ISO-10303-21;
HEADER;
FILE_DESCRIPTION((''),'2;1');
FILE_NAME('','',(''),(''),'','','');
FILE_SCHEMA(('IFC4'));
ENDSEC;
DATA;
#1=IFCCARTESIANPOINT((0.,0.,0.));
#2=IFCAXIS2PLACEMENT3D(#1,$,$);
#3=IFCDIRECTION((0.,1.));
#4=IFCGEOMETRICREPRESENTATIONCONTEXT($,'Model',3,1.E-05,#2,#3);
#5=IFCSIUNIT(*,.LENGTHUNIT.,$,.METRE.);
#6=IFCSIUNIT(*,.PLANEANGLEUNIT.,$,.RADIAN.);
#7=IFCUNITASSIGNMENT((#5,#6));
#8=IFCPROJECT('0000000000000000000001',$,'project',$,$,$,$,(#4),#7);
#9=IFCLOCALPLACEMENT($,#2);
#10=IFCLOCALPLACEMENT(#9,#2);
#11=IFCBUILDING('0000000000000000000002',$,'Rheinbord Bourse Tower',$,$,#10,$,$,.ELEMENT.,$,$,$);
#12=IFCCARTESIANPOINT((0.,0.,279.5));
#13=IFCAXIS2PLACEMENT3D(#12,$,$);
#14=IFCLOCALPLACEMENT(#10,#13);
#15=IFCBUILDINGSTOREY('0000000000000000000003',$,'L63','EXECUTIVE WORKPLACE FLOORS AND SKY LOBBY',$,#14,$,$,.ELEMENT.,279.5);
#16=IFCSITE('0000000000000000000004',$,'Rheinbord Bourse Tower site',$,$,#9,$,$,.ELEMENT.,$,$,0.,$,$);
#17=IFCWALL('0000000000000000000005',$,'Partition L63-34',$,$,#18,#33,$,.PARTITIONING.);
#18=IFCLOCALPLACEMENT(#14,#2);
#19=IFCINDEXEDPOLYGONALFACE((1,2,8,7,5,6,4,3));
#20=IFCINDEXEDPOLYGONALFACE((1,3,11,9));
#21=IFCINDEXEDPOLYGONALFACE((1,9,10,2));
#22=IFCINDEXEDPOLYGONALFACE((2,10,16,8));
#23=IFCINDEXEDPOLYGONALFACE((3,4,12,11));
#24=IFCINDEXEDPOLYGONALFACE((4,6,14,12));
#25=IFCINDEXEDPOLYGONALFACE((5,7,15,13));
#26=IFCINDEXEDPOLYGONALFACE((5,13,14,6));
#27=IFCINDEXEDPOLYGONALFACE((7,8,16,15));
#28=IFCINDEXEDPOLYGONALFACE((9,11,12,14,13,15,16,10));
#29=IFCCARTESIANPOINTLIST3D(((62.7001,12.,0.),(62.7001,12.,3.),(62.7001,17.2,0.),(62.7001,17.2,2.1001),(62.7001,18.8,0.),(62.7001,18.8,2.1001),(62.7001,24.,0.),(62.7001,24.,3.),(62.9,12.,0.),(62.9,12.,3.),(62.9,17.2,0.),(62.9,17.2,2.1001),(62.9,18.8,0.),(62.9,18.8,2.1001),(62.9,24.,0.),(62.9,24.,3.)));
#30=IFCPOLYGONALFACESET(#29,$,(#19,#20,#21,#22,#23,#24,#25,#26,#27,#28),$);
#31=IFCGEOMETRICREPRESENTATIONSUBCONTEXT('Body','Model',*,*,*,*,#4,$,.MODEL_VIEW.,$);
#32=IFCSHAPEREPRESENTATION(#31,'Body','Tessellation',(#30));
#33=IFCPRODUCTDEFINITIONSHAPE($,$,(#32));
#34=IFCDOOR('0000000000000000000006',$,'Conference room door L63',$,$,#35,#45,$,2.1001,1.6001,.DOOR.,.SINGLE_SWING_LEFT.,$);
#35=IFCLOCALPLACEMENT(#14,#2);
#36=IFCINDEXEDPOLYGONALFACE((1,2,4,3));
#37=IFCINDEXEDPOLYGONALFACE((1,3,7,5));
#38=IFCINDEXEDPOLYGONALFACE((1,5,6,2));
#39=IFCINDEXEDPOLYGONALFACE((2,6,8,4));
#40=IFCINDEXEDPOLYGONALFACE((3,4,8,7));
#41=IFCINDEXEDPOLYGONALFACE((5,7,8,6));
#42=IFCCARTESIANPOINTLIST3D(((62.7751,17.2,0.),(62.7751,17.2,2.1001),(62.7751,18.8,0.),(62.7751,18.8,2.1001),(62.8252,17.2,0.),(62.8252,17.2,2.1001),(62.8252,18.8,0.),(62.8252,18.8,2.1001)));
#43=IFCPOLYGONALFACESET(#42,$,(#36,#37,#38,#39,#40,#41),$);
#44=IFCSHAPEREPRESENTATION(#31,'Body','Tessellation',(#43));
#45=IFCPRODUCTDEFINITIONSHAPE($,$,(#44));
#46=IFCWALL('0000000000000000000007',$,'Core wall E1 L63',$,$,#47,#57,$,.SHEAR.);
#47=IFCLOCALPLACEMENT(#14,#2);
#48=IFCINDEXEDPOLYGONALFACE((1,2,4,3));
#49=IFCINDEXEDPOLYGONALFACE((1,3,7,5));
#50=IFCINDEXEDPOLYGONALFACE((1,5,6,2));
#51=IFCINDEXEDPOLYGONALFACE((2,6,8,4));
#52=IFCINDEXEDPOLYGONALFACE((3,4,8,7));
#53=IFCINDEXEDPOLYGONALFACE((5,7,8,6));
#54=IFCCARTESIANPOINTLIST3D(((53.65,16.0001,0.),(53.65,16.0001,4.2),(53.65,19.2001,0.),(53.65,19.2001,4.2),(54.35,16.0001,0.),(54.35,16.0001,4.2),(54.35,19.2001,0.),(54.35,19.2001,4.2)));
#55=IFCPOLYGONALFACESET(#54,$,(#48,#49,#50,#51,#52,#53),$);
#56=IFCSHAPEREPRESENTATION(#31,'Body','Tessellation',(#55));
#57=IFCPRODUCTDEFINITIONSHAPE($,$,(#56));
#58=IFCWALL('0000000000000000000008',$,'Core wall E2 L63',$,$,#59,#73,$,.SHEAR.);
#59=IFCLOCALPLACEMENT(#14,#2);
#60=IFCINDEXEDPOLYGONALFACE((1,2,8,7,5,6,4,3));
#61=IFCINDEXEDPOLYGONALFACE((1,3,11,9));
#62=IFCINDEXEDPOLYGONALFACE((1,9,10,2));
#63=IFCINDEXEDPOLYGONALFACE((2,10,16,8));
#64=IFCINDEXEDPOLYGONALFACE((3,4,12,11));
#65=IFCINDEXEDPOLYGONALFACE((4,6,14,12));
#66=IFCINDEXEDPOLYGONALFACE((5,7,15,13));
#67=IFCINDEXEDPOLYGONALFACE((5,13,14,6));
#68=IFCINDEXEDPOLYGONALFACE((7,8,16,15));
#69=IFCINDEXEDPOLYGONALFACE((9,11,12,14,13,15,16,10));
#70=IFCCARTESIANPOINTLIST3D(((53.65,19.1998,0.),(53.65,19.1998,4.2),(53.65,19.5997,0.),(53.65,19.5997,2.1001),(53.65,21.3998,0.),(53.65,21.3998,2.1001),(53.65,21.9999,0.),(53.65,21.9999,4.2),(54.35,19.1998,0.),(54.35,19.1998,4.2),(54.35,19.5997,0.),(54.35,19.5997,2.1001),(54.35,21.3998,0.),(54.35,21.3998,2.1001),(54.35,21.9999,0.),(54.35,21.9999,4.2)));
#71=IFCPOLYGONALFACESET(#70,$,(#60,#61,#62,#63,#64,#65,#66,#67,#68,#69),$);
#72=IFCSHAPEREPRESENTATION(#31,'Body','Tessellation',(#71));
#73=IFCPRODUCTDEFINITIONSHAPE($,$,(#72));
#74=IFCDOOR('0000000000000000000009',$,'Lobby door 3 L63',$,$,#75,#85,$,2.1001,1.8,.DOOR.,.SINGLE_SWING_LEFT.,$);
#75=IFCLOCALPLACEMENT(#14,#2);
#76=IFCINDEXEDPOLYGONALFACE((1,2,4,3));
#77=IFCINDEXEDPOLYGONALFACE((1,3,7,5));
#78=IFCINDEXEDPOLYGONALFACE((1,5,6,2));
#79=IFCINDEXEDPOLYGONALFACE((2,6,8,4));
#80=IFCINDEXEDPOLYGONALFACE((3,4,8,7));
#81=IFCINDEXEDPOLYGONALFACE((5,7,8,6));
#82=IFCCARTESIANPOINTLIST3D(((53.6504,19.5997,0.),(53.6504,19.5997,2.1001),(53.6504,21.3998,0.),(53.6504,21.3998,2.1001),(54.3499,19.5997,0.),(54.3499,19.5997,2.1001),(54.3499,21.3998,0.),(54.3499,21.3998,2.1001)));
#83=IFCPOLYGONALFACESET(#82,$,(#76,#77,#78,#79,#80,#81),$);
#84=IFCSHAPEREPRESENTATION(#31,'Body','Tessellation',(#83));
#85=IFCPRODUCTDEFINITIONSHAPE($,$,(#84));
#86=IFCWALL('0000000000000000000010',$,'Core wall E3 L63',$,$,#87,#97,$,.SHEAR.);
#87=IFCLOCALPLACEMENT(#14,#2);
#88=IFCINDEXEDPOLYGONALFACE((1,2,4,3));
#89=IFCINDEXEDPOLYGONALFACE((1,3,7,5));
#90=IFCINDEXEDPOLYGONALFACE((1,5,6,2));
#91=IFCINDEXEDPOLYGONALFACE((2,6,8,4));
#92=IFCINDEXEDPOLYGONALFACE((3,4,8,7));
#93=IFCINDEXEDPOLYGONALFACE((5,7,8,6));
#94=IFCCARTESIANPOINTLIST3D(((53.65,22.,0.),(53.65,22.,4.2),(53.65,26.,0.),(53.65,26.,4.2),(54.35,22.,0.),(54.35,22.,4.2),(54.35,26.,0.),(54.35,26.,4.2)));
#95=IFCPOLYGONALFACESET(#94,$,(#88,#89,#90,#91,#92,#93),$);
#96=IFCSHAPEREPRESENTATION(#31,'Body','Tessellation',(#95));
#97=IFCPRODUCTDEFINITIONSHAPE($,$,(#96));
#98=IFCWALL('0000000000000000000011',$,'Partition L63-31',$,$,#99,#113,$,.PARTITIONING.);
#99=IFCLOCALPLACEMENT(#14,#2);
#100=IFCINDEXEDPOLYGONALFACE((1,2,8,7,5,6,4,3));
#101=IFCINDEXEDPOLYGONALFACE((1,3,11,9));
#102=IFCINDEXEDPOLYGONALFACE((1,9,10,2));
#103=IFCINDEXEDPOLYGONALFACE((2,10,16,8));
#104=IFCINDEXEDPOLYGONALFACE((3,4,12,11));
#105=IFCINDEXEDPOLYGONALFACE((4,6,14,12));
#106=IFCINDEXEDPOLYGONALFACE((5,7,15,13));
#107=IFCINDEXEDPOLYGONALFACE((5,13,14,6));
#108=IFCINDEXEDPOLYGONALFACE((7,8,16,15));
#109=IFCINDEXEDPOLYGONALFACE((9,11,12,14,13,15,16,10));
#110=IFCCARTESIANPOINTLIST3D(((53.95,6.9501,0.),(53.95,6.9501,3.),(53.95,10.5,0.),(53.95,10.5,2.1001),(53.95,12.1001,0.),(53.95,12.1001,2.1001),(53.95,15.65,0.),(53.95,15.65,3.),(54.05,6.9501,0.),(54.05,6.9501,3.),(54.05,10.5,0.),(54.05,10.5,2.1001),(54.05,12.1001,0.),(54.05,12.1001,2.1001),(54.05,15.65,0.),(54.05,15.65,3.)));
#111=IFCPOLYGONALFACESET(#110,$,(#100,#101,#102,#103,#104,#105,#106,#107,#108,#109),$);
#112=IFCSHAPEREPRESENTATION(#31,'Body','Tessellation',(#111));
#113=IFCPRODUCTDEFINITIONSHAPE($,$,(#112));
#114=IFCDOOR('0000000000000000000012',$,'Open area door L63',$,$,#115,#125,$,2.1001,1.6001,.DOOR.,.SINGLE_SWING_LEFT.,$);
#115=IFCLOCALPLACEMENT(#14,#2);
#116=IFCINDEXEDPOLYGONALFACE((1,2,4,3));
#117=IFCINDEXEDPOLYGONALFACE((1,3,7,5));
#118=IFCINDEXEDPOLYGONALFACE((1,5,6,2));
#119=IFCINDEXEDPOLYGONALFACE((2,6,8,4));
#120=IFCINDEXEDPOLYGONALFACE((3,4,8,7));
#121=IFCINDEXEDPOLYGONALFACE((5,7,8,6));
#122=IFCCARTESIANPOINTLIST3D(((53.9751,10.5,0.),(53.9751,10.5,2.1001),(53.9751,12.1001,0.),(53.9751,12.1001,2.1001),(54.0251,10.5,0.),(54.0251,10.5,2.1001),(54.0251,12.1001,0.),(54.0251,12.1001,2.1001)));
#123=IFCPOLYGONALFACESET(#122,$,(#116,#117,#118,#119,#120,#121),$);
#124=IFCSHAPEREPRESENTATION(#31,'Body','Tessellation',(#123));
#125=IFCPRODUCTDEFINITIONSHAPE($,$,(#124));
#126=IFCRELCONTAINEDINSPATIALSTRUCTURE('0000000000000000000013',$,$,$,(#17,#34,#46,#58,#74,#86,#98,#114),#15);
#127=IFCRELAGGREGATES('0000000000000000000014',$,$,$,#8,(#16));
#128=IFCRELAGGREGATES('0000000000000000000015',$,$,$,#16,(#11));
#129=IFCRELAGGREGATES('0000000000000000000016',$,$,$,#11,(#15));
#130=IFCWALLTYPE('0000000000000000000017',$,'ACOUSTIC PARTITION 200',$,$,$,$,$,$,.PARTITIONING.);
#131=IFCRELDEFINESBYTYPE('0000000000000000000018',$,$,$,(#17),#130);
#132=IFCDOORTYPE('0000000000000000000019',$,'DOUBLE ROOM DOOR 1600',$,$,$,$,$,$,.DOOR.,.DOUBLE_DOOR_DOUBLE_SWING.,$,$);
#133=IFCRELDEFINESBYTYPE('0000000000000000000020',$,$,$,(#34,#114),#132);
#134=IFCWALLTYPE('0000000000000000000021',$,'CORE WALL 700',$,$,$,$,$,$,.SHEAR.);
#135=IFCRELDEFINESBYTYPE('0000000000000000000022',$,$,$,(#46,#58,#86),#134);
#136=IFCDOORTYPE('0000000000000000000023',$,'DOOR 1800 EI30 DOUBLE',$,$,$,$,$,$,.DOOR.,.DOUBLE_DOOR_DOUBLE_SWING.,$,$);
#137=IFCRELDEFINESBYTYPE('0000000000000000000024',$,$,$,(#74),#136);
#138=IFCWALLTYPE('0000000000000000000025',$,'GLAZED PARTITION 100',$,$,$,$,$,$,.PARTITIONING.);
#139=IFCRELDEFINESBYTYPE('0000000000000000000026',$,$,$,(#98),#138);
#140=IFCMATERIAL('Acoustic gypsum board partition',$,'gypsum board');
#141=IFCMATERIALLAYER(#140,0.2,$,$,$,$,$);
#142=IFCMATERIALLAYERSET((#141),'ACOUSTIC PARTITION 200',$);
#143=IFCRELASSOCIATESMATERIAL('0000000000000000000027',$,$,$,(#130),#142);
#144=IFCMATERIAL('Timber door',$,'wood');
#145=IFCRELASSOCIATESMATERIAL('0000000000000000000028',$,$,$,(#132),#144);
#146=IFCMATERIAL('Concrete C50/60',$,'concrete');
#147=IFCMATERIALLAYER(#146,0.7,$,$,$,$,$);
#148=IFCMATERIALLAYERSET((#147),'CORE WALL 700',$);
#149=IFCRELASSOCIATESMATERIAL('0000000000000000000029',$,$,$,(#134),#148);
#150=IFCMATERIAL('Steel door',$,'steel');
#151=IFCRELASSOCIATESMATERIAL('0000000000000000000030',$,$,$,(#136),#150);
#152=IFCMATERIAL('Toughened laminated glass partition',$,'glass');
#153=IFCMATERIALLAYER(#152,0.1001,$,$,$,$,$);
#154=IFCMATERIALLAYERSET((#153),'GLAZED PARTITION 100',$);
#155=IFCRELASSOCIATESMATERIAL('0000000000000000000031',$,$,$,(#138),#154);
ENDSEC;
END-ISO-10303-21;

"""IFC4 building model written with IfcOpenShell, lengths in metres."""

from ifc_helpers import new_model, si_unit, direction, frame, frame_2d, origin, place, context, subcontext, project, spatial, rectangle, extrude, material, layer, layer_set, type_object, element, fill, save


model = new_model("IFC4")

# Units and contexts
model_context = context("Model", 3, precision=1e-05, world=origin(), true_north=direction((0.0, 1.0)))
body_context = subcontext(model_context, "Body", "Model", "MODEL_VIEW")
ifc_project = project(units=[si_unit("LENGTHUNIT", "METRE"), si_unit("PLANEANGLEUNIT", "RADIAN")], contexts=[model_context])

# Site, building, storey
site_placement = place(None, origin())
site = spatial("IfcSite", under=ifc_project, at=site_placement, Name="Rheinbord Bourse Tower site", CompositionType="ELEMENT", RefElevation=0.0)
building_placement = place(site_placement, origin())
building = spatial("IfcBuilding", under=site, at=building_placement, Name="Rheinbord Bourse Tower", CompositionType="ELEMENT")
storey_placement = place(building_placement, frame((0.0, 0.0, 279.5)))
storey = spatial("IfcBuildingStorey", under=building, at=storey_placement, Name="L63", Description="EXECUTIVE WORKPLACE FLOORS AND SKY LOBBY", CompositionType="ELEMENT", Elevation=279.5)

# Shared definitions
ifc_material_1 = material(Name="Acoustic gypsum board partition", Category="gypsum board")
ifc_layer_1 = layer(ifc_material_1, 0.2)
ifc_layer_set_1 = layer_set([ifc_layer_1], Name="ACOUSTIC PARTITION 200")
wall_type_1 = type_object("IfcWallType", Name="ACOUSTIC PARTITION 200", PredefinedType="PARTITIONING", material=ifc_layer_set_1)

# Wall, opening, door
wall_1_placement = place(storey_placement, frame((62.8, 12.0, 0.0), z_axis=(0.0, 0.0, 1.0), x_axis=(0.0, 1.0, 0.0)))
wall_1 = element("IfcWall", 1, at=wall_1_placement, inside=storey, type_object=wall_type_1, Name="Partition L63-34", PredefinedType="PARTITIONING", context=body_context, shape_type="SweptSolid", body=[
    extrude(rectangle(XDim=12.0, YDim=0.2, at=frame_2d((6.0, 0.0))), origin(), (0.0, 0.0, 1.0), 3.0),
])
opening_1_placement = place(wall_1_placement, frame((5.2, 0.0, 0.0)))
opening_1 = element("IfcOpeningElement", 2, at=opening_1_placement, cuts=wall_1, PredefinedType="OPENING", context=body_context, shape_type="SweptSolid", body=[
    extrude(rectangle(XDim=1.6001, YDim=2.1001, at=frame_2d((0.8, 1.05))), frame((0.0, 0.1099, 0.0), z_axis=(0.0, -1.0, 0.0), x_axis=(1.0, 0.0, 0.0)), (0.0, 0.0, 1.0), 0.22),
])
ifc_material_2 = material(Name="Timber door", Category="wood")
door_type_1 = type_object("IfcDoorType", Name="DOUBLE ROOM DOOR 1600", OperationType="DOUBLE_DOOR_DOUBLE_SWING", PredefinedType="DOOR", material=ifc_material_2)
door_1_placement = place(opening_1_placement, origin())
door_1 = element("IfcDoor", 3, at=door_1_placement, inside=storey, type_object=door_type_1, Name="Conference room door L63", OperationType="SINGLE_SWING_LEFT", OverallHeight=2.1001, OverallWidth=1.6001, PredefinedType="DOOR", context=body_context, shape_type="SweptSolid", body=[
    extrude(rectangle(XDim=1.6001, YDim=2.1001, at=frame_2d((0.8, 1.05))), frame((0.0, 0.0249, 0.0), z_axis=(0.0, -1.0, 0.0), x_axis=(1.0, 0.0, 0.0)), (0.0, 0.0, 1.0), 0.05),
])
fill(opening_1, door_1)

# Wall
ifc_material_3 = material(Name="Concrete C50/60", Category="concrete")
ifc_layer_2 = layer(ifc_material_3, 0.7)
ifc_layer_set_2 = layer_set([ifc_layer_2], Name="CORE WALL 700")
wall_type_2 = type_object("IfcWallType", Name="CORE WALL 700", PredefinedType="SHEAR", material=ifc_layer_set_2)
wall_2_placement = place(storey_placement, frame((54.0, 16.0, 0.0), z_axis=(0.0, 0.0, 1.0), x_axis=(0.0, 1.0, 0.0)))
element("IfcWall", 4, at=wall_2_placement, inside=storey, type_object=wall_type_2, Name="Core wall E1 L63", PredefinedType="SHEAR", context=body_context, shape_type="SweptSolid", body=[
    extrude(rectangle(XDim=3.2, YDim=0.7, at=frame_2d((1.6001, 0.0))), origin(), (0.0, 0.0, 1.0), 4.2),
])

# Wall, opening, door
wall_3_placement = place(storey_placement, frame((54.0, 19.2, 0.0), z_axis=(0.0, 0.0, 1.0), x_axis=(0.0, 1.0, 0.0)))
wall_3 = element("IfcWall", 5, at=wall_3_placement, inside=storey, type_object=wall_type_2, Name="Core wall E2 L63", PredefinedType="SHEAR", context=body_context, shape_type="SweptSolid", body=[
    extrude(rectangle(XDim=2.8, YDim=0.7, at=frame_2d((1.3999, 0.0))), origin(), (0.0, 0.0, 1.0), 4.2),
])
opening_2_placement = place(wall_3_placement, frame((0.3999, 0.0, 0.0)))
opening_2 = element("IfcOpeningElement", 6, at=opening_2_placement, cuts=wall_3, PredefinedType="OPENING", context=body_context, shape_type="SweptSolid", body=[
    extrude(rectangle(XDim=1.8, YDim=2.1001, at=frame_2d((0.8999, 1.05))), frame((0.0, 0.3599, 0.0), z_axis=(0.0, -1.0, 0.0), x_axis=(1.0, 0.0, 0.0)), (0.0, 0.0, 1.0), 0.72),
])
ifc_material_4 = material(Name="Steel door", Category="steel")
door_type_2 = type_object("IfcDoorType", Name="DOOR 1800 EI30 DOUBLE", OperationType="DOUBLE_DOOR_DOUBLE_SWING", PredefinedType="DOOR", material=ifc_material_4)
door_2_placement = place(opening_2_placement, origin())
door_2 = element("IfcDoor", 7, at=door_2_placement, inside=storey, type_object=door_type_2, Name="Lobby door 3 L63", OperationType="SINGLE_SWING_LEFT", OverallHeight=2.1001, OverallWidth=1.8, PredefinedType="DOOR", context=body_context, shape_type="SweptSolid", body=[
    extrude(rectangle(XDim=1.8, YDim=2.1001, at=frame_2d((0.8999, 1.05))), frame((0.0, 0.3496, 0.0), z_axis=(0.0, -1.0, 0.0), x_axis=(1.0, 0.0, 0.0)), (0.0, 0.0, 1.0), 0.6995),
])
fill(opening_2, door_2)

# Wall
wall_4_placement = place(storey_placement, frame((54.0, 22.0, 0.0), z_axis=(0.0, 0.0, 1.0), x_axis=(0.0, 1.0, 0.0)))
element("IfcWall", 8, at=wall_4_placement, inside=storey, type_object=wall_type_2, Name="Core wall E3 L63", PredefinedType="SHEAR", context=body_context, shape_type="SweptSolid", body=[
    extrude(rectangle(XDim=4.0, YDim=0.7, at=frame_2d((2.0, 0.0))), origin(), (0.0, 0.0, 1.0), 4.2),
])

# Wall, opening, door
ifc_material_5 = material(Name="Toughened laminated glass partition", Category="glass")
ifc_layer_3 = layer(ifc_material_5, 0.1001)
ifc_layer_set_3 = layer_set([ifc_layer_3], Name="GLAZED PARTITION 100")
wall_type_3 = type_object("IfcWallType", Name="GLAZED PARTITION 100", PredefinedType="PARTITIONING", material=ifc_layer_set_3)
wall_5_placement = place(storey_placement, frame((54.0, 6.95, 0.0), z_axis=(0.0, 0.0, 1.0), x_axis=(0.0, 1.0, 0.0)))
wall_5 = element("IfcWall", 9, at=wall_5_placement, inside=storey, type_object=wall_type_3, Name="Partition L63-31", PredefinedType="PARTITIONING", context=body_context, shape_type="SweptSolid", body=[
    extrude(rectangle(XDim=8.7, YDim=0.1001, at=frame_2d((4.3501, 0.0))), origin(), (0.0, 0.0, 1.0), 3.0),
])
opening_3_placement = place(wall_5_placement, frame((3.55, 0.0, 0.0)))
opening_3 = element("IfcOpeningElement", 10, at=opening_3_placement, cuts=wall_5, PredefinedType="OPENING", context=body_context, shape_type="SweptSolid", body=[
    extrude(rectangle(XDim=1.6001, YDim=2.1001, at=frame_2d((0.8, 1.05))), frame((0.0, 0.0601, 0.0), z_axis=(0.0, -1.0, 0.0), x_axis=(1.0, 0.0, 0.0)), (0.0, 0.0, 1.0), 0.1201),
])
door_3_placement = place(opening_3_placement, origin())
door_3 = element("IfcDoor", 11, at=door_3_placement, inside=storey, type_object=door_type_1, Name="Open area door L63", OperationType="SINGLE_SWING_LEFT", OverallHeight=2.1001, OverallWidth=1.6001, PredefinedType="DOOR", context=body_context, shape_type="SweptSolid", body=[
    extrude(rectangle(XDim=1.6001, YDim=2.1001, at=frame_2d((0.8, 1.05))), frame((0.0, 0.0249, 0.0), z_axis=(0.0, -1.0, 0.0), x_axis=(1.0, 0.0, 0.0)), (0.0, 0.0, 1.0), 0.05),
])
fill(opening_3, door_3)

save(model, "model.ifc")
